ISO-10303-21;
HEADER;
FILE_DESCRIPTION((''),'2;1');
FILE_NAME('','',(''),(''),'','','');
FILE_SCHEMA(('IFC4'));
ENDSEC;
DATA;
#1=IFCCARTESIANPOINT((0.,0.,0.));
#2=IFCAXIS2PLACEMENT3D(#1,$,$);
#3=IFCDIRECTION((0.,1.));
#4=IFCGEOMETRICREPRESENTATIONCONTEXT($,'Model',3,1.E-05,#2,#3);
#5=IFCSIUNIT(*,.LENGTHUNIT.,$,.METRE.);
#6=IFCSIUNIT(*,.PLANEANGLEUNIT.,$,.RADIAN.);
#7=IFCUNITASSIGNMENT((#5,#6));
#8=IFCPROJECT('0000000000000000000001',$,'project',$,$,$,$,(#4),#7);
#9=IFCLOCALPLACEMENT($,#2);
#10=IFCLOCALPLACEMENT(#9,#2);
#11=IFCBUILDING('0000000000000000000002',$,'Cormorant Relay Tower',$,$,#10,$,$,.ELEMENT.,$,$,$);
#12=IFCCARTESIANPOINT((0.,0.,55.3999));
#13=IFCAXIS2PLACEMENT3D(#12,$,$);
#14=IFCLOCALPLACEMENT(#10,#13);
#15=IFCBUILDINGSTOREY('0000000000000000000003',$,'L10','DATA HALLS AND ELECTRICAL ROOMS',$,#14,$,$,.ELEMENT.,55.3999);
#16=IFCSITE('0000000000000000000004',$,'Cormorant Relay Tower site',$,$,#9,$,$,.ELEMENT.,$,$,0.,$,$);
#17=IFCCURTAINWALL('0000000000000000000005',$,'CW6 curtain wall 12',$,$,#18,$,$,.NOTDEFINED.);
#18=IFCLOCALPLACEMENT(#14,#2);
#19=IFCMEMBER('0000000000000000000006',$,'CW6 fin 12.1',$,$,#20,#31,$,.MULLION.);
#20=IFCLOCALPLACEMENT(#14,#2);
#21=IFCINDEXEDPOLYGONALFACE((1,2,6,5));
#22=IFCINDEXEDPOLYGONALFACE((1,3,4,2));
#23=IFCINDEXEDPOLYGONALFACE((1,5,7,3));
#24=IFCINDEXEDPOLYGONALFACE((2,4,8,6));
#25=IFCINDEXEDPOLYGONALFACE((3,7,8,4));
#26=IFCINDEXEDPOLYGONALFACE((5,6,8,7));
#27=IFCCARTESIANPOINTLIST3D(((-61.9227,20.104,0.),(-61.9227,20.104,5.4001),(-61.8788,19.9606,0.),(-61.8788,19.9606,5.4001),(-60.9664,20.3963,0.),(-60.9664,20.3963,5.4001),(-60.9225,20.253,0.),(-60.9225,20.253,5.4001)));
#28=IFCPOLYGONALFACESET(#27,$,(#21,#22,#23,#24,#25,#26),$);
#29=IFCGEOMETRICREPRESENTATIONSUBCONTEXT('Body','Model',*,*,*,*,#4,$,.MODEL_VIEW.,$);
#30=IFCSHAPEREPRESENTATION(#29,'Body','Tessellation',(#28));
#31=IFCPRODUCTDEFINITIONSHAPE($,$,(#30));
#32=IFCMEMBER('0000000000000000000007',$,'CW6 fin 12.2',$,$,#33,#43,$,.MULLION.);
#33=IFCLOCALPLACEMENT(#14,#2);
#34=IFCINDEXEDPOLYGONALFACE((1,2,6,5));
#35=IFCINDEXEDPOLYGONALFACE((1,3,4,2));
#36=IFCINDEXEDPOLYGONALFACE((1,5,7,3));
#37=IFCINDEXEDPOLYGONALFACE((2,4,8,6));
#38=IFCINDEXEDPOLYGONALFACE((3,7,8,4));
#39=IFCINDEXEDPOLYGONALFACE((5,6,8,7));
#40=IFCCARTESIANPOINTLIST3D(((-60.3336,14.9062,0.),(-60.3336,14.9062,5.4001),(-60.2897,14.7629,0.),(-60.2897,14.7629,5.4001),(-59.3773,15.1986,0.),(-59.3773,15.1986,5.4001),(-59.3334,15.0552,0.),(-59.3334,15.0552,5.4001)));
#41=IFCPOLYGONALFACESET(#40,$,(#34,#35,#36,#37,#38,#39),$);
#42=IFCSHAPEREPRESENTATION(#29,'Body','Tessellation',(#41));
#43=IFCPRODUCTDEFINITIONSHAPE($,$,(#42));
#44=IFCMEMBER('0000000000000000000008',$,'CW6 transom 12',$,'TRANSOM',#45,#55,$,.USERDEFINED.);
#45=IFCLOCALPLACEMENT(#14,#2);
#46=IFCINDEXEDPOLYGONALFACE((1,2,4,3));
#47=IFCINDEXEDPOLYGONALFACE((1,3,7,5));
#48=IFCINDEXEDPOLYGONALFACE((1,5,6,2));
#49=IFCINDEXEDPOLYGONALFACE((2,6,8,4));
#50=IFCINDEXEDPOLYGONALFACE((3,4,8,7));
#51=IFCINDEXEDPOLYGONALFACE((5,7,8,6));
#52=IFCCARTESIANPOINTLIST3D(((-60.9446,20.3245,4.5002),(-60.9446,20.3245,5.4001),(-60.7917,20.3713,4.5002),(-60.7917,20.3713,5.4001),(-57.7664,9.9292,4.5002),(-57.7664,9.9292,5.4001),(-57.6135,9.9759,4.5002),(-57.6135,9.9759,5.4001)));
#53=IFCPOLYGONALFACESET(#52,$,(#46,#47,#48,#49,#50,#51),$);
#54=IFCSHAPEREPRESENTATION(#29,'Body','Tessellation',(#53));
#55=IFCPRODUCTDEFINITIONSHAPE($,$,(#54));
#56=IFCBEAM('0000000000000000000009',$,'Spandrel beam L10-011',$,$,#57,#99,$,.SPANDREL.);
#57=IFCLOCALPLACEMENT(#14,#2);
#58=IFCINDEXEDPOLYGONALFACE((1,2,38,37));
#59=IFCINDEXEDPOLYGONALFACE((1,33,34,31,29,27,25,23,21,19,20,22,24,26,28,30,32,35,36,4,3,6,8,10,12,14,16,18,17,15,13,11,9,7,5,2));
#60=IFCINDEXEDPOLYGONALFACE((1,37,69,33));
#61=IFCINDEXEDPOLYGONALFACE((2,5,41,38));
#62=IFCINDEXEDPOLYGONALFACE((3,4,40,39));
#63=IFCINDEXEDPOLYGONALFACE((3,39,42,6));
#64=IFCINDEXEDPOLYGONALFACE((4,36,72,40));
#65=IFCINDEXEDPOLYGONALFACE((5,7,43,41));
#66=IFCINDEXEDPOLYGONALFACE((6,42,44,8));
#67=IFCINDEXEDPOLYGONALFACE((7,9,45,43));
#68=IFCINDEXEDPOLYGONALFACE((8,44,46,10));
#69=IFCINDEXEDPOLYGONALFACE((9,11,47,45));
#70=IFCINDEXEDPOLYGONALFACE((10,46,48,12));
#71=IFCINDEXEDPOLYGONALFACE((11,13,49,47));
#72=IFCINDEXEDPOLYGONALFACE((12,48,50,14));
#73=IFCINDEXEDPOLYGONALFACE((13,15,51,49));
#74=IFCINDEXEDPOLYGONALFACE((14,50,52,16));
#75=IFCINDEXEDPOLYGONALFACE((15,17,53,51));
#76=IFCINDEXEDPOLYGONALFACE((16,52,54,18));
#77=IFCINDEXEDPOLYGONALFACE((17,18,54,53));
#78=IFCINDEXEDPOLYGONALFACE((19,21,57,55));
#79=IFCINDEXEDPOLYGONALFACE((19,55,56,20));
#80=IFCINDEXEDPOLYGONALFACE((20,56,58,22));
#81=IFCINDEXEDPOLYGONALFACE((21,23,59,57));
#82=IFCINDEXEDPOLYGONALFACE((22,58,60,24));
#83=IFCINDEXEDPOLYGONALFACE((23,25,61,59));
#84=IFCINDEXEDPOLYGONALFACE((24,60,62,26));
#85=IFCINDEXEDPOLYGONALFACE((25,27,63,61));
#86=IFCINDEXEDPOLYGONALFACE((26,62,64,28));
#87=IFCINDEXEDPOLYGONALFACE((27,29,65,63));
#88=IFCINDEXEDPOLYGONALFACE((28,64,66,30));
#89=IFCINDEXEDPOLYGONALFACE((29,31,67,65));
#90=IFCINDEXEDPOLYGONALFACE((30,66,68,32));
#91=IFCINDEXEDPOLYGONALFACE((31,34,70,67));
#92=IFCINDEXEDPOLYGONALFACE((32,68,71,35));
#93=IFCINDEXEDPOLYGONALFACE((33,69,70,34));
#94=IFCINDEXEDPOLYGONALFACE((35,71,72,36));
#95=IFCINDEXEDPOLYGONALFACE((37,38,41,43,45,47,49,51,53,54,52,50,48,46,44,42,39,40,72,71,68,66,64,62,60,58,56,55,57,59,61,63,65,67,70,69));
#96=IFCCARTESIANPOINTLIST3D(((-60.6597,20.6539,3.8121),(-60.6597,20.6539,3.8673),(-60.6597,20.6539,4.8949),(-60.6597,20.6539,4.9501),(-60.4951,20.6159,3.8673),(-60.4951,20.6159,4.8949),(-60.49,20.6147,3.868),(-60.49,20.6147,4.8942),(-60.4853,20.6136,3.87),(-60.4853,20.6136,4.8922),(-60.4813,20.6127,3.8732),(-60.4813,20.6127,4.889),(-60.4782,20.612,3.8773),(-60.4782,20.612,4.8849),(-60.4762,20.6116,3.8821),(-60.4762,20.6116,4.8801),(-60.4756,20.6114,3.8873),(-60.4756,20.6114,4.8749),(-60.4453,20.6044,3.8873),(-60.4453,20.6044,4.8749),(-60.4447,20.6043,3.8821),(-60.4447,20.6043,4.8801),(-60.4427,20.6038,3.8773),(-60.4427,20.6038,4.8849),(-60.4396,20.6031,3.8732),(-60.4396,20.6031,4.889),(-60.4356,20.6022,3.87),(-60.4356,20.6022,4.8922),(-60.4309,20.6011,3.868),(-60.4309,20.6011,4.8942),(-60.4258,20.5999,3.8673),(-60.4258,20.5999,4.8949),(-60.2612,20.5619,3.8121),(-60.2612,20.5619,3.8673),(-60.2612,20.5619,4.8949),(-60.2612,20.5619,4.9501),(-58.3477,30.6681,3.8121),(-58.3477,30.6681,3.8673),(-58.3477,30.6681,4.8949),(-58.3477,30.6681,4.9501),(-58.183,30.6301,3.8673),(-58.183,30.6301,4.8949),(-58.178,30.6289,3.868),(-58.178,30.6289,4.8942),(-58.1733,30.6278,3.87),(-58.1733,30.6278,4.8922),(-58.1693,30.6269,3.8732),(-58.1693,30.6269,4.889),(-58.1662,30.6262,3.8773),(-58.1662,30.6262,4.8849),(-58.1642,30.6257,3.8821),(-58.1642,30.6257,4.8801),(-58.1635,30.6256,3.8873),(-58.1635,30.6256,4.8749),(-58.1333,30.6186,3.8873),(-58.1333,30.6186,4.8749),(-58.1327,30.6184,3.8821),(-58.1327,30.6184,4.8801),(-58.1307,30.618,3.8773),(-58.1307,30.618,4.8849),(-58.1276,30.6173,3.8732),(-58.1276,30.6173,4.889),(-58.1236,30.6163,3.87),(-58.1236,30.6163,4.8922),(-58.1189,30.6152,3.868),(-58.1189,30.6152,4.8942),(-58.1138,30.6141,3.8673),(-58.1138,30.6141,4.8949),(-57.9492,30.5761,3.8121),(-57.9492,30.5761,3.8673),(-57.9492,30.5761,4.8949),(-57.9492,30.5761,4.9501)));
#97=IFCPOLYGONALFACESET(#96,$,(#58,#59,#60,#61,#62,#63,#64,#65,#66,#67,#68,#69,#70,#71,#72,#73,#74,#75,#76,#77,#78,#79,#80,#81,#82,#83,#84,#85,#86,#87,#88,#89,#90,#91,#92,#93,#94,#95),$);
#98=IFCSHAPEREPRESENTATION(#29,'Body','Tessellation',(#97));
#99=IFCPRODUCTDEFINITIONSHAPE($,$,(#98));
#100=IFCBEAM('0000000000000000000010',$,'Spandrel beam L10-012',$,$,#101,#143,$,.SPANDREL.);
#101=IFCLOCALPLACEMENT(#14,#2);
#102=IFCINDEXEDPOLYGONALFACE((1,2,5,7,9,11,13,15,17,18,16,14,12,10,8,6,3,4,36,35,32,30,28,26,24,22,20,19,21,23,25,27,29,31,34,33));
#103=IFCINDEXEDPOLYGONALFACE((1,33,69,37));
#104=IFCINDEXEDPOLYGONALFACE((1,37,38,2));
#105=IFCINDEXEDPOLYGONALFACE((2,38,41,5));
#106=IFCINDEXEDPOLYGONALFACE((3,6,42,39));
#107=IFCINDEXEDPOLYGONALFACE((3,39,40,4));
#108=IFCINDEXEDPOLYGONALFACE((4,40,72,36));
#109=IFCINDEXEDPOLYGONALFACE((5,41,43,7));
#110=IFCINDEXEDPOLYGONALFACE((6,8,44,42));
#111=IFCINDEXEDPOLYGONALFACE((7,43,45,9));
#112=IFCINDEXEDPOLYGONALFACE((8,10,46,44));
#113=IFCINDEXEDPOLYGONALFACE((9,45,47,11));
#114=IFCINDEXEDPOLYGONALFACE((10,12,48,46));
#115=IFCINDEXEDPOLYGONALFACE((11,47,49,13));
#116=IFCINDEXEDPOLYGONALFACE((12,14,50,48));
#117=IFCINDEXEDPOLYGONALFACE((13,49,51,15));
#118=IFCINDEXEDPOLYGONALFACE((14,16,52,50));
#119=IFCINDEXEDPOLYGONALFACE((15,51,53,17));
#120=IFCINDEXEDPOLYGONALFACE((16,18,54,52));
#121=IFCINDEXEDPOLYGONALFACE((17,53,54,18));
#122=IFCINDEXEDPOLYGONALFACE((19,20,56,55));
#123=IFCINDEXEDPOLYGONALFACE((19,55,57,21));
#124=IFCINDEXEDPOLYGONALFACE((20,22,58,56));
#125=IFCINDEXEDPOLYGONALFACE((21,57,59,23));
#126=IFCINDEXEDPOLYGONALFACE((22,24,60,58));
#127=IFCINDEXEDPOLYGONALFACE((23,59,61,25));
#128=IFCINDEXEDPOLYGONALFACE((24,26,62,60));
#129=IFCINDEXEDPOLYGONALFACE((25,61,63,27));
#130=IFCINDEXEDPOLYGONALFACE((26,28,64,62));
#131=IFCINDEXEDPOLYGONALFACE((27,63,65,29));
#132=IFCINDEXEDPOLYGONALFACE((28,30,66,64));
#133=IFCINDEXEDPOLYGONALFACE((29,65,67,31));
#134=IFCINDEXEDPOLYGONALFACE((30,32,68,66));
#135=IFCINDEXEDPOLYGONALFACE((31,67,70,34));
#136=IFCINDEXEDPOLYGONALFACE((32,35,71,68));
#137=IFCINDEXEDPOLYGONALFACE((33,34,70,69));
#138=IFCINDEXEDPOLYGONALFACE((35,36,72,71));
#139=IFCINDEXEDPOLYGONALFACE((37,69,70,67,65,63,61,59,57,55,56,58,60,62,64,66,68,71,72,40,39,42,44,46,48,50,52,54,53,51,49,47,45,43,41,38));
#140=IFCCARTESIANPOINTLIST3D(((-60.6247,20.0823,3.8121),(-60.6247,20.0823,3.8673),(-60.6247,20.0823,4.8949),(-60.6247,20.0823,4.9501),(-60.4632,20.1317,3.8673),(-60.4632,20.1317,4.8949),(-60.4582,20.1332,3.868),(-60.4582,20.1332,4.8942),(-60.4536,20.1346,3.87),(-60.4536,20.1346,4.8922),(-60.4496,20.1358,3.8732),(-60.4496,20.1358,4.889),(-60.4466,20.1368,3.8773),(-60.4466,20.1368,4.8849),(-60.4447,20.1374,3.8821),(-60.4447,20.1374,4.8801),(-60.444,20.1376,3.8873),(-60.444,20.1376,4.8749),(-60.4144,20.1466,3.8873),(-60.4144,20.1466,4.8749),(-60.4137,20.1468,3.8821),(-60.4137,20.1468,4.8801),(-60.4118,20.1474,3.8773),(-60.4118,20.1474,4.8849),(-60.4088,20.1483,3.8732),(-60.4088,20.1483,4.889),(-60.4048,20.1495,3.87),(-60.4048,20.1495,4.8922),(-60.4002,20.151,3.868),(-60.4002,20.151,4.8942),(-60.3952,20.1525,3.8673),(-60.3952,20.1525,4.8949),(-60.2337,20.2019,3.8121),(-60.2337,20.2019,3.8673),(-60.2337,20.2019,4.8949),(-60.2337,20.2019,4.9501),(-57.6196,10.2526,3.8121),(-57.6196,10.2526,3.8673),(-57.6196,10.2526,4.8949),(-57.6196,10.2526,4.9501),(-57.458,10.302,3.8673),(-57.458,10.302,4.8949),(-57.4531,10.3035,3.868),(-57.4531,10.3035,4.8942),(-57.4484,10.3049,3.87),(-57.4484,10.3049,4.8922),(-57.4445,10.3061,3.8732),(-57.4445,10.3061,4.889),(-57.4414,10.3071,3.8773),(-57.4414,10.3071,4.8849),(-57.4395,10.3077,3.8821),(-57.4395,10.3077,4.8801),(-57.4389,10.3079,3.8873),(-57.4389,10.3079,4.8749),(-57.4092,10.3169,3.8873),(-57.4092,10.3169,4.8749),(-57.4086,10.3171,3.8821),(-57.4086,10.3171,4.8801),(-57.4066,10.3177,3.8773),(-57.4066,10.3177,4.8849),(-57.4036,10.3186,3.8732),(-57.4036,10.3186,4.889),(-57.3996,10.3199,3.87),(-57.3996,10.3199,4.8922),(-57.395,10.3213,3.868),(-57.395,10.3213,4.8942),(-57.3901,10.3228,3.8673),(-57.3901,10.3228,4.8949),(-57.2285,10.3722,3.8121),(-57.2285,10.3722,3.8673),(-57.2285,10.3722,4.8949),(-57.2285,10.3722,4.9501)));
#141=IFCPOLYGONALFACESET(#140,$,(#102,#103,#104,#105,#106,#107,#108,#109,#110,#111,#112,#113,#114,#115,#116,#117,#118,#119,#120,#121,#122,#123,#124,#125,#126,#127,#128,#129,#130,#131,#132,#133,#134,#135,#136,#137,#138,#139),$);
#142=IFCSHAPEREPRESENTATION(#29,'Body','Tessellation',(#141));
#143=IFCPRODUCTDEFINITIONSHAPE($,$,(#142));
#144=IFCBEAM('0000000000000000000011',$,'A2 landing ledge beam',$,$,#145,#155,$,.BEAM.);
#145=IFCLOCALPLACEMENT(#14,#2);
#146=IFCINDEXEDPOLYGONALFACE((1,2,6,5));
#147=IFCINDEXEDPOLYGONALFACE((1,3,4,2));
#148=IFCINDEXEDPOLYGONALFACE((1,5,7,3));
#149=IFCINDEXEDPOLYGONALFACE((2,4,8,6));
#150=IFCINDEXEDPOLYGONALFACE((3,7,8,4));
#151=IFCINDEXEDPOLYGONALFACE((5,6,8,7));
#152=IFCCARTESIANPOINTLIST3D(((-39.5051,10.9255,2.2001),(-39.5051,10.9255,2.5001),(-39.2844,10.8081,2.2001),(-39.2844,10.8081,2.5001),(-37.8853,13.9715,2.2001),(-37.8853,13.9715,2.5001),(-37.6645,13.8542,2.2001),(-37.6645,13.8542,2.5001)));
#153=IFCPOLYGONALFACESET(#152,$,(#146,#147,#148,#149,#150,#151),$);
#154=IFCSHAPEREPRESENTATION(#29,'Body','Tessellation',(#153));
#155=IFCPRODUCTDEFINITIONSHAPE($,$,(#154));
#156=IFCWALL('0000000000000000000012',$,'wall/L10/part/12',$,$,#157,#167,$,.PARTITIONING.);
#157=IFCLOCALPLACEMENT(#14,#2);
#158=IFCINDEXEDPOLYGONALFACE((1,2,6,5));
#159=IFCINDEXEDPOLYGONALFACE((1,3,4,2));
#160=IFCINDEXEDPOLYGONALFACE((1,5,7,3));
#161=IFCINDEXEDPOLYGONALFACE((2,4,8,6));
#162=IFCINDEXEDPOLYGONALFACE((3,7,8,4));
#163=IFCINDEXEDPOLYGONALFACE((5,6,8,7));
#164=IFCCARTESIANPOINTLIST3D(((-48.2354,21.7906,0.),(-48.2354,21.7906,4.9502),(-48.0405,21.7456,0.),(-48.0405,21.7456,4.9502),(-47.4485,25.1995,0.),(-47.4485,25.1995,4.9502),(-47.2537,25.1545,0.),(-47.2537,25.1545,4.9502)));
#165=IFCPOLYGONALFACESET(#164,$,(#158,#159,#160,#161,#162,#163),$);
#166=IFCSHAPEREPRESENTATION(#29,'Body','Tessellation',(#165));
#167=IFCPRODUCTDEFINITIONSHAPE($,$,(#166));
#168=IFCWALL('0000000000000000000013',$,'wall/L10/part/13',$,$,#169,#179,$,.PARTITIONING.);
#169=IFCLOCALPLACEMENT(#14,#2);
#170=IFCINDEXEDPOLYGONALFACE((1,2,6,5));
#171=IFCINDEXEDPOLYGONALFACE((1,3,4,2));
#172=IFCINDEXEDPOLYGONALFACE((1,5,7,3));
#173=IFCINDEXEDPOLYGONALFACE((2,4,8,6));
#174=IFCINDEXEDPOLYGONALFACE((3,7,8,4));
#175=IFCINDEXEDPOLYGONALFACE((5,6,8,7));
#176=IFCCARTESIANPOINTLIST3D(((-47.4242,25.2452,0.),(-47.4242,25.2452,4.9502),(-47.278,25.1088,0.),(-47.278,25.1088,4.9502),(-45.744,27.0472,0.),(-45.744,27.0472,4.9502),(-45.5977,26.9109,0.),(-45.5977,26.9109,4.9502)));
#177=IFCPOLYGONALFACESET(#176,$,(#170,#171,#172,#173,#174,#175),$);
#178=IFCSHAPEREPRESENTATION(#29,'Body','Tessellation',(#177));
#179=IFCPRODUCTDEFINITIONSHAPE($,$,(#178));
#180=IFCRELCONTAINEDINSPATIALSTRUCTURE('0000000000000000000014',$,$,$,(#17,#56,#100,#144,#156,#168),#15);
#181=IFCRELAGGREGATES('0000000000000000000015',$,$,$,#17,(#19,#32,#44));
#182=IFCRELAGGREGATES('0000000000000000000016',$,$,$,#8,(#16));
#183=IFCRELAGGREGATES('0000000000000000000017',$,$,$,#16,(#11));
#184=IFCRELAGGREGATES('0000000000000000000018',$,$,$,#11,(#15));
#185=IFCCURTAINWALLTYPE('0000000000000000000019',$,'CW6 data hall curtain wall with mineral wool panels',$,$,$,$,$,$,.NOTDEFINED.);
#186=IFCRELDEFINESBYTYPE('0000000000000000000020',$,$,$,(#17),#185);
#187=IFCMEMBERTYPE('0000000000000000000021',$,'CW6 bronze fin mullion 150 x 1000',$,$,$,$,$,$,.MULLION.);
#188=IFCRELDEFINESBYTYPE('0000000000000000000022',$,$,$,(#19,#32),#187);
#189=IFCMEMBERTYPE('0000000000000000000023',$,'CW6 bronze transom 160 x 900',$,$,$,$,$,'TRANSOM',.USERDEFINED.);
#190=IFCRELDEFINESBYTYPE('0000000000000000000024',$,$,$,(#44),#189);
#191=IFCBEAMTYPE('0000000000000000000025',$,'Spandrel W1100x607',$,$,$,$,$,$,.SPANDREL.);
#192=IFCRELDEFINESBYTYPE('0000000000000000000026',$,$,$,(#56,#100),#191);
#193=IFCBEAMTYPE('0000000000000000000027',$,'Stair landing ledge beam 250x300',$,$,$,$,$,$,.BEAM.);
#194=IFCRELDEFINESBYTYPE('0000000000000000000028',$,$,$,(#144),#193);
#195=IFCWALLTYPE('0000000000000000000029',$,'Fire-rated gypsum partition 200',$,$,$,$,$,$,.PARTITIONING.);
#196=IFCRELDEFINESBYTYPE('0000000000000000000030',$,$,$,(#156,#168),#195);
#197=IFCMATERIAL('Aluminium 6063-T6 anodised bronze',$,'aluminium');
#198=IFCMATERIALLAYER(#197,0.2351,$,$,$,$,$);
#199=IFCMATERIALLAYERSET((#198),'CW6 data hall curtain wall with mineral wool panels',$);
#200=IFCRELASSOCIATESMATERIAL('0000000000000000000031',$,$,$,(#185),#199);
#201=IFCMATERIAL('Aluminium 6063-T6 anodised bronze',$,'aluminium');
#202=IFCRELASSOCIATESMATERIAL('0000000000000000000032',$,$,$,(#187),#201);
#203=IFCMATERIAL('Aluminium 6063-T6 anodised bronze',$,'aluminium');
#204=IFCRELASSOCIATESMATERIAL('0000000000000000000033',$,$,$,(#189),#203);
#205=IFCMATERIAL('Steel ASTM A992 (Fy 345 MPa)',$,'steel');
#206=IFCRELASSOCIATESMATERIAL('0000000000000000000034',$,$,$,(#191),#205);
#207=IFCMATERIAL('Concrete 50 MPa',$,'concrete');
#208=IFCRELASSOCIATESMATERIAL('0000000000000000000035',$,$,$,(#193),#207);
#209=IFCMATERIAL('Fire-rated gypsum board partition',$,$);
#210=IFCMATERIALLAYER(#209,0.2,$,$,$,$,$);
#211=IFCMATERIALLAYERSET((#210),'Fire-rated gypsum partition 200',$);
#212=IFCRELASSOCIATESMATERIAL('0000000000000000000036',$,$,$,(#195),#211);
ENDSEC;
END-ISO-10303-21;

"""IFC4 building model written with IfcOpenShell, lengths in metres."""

from ifc_helpers import new_model, si_unit, direction, frame, frame_2d, origin, origin_2d, place, context, subcontext, project, spatial, rectangle, i_section, extrude, material, layer, layer_set, material_profile, profile_set, type_object, element, aggregate, save


model = new_model("IFC4")

# Units and contexts
model_context = context("Model", 3, precision=1e-05, world=origin(), true_north=direction((0.0, 1.0)))
body_context = subcontext(model_context, "Body", "Model", "MODEL_VIEW")
ifc_project = project(units=[si_unit("LENGTHUNIT", "METRE"), si_unit("PLANEANGLEUNIT", "RADIAN")], contexts=[model_context])

# Site, building, storey
site_placement = place(None, origin())
site = spatial("IfcSite", under=ifc_project, at=site_placement, Name="Cormorant Relay Tower site", CompositionType="ELEMENT", RefElevation=0.0)
building_placement = place(site_placement, origin())
building = spatial("IfcBuilding", under=site, at=building_placement, Name="Cormorant Relay Tower", CompositionType="ELEMENT")
storey_placement = place(building_placement, frame((0.0, 0.0, 55.3999)))
storey = spatial("IfcBuildingStorey", under=building, at=storey_placement, Name="L10", Description="DATA HALLS AND ELECTRICAL ROOMS", CompositionType="ELEMENT", Elevation=55.3999)

# Shared definitions
ifc_material_1 = material(Name="Aluminium 6063-T6 anodised bronze", Category="aluminium")
ifc_layer_1 = layer(ifc_material_1, 0.2351)
ifc_layer_set_1 = layer_set([ifc_layer_1], Name="CW6 data hall curtain wall with mineral wool panels")
curtain_wall_type = type_object("IfcCurtainWallType", Name="CW6 data hall curtain wall with mineral wool panels", PredefinedType="NOTDEFINED", material=ifc_layer_set_1)
ifc_material_2 = material(Name="Aluminium 6063-T6 anodised bronze", Category="aluminium")
ifc_material_profile_1 = material_profile(ifc_material_2, rectangle(XDim=0.1499, YDim=1.0, at=origin_2d()), Name="AL 150x1000")
ifc_profile_set_1 = profile_set([ifc_material_profile_1], Name="Aluminium 6063-T6 anodised bronze")
member_type_1 = type_object("IfcMemberType", Name="CW6 bronze fin mullion 150 x 1000", PredefinedType="MULLION", material=ifc_profile_set_1)

# Curtain wall, members
curtain_wall_1_placement = place(storey_placement, origin())
curtain_wall_1 = element("IfcCurtainWall", 1, at=curtain_wall_1_placement, inside=storey, type_object=curtain_wall_type, Name="CW6 curtain wall 12", PredefinedType="NOTDEFINED")
member_1_placement = place(storey_placement, frame((-61.4226, 20.1785, 0.0), z_axis=(0.0, 0.0, 1.0), x_axis=(0.292372, -0.956305, 0.0)))
member_1 = element("IfcMember", 2, at=member_1_placement, type_object=member_type_1, Name="CW6 fin 12.1", PredefinedType="MULLION", context=body_context, shape_type="SweptSolid", body=[
    extrude(rectangle(XDim=0.1499, YDim=1.0, at=origin_2d()), origin(), (0.0, 0.0, 1.0), 5.4001),
])
member_2_placement = place(storey_placement, frame((-59.8335, 14.9807, 0.0), z_axis=(0.0, 0.0, 1.0), x_axis=(0.292372, -0.956305, 0.0)))
member_2 = element("IfcMember", 3, at=member_2_placement, type_object=member_type_1, Name="CW6 fin 12.2", PredefinedType="MULLION", context=body_context, shape_type="SweptSolid", body=[
    extrude(rectangle(XDim=0.1499, YDim=1.0, at=origin_2d()), origin(), (0.0, 0.0, 1.0), 5.4001),
])
ifc_material_3 = material(Name="Aluminium 6063-T6 anodised bronze", Category="aluminium")
ifc_material_profile_2 = material_profile(ifc_material_3, rectangle(XDim=0.1599, YDim=0.8999, at=origin_2d()), Name="AL 160x900")
ifc_profile_set_2 = profile_set([ifc_material_profile_2], Name="Aluminium 6063-T6 anodised bronze")
member_type_2 = type_object("IfcMemberType", Name="CW6 bronze transom 160 x 900", ElementType="TRANSOM", PredefinedType="USERDEFINED", material=ifc_profile_set_2)
member_3_placement = place(storey_placement, frame((-60.8682, 20.3479, 4.9502), z_axis=(0.292378, -0.956303, 0.0), x_axis=(0.956303, 0.292378, 0.0)))
member_3 = element("IfcMember", 4, at=member_3_placement, type_object=member_type_2, Name="CW6 transom 12", ObjectType="TRANSOM", PredefinedType="USERDEFINED", context=body_context, shape_type="SweptSolid", body=[
    extrude(rectangle(XDim=0.1599, YDim=0.8999, at=origin_2d()), origin(), (0.0, 0.0, 1.0), 10.8704),
])

# Beams
ifc_material_4 = material(Name="Steel ASTM A992 (Fy 345 MPa)", Category="steel")
ifc_material_profile_3 = material_profile(ifc_material_4, i_section(OverallWidth=0.4089, OverallDepth=1.1379, WebThickness=0.031, FlangeThickness=0.0552, FilletRadius=0.02, at=origin_2d()), Name="W1100x607")
ifc_profile_set_3 = profile_set([ifc_material_profile_3], Name="Steel ASTM A992 (Fy 345 MPa)")
beam_type_1 = type_object("IfcBeamType", Name="Spandrel W1100x607", PredefinedType="SPANDREL", material=ifc_profile_set_3)
beam_1_placement = place(storey_placement, frame((-58.1484, 30.6221, 4.3811), z_axis=(-0.224957, -0.974369, 0.0), x_axis=(0.974369, -0.224957, 0.0)))
element("IfcBeam", 5, at=beam_1_placement, inside=storey, type_object=beam_type_1, Name="Spandrel beam L10-011", PredefinedType="SPANDREL", context=body_context, shape_type="SweptSolid", body=[
    extrude(i_section(OverallWidth=0.4089, OverallDepth=1.1379, WebThickness=0.031, FlangeThickness=0.0552, FilletRadius=0.02, at=origin_2d()), origin(), (0.0, 0.0, 1.0), 10.2776),
])
beam_2_placement = place(storey_placement, frame((-60.4292, 20.1421, 4.3811), z_axis=(0.292365, -0.956307, 0.0), x_axis=(0.956307, 0.292365, 0.0)))
element("IfcBeam", 6, at=beam_2_placement, inside=storey, type_object=beam_type_1, Name="Spandrel beam L10-012", PredefinedType="SPANDREL", context=body_context, shape_type="SweptSolid", body=[
    extrude(i_section(OverallWidth=0.4089, OverallDepth=1.1379, WebThickness=0.031, FlangeThickness=0.0552, FilletRadius=0.02, at=origin_2d()), origin(), (0.0, 0.0, 1.0), 10.2788),
])
ifc_material_5 = material(Name="Concrete 50 MPa", Category="concrete")
ifc_material_profile_4 = material_profile(ifc_material_5, rectangle(XDim=0.25, YDim=0.3, at=origin_2d()), Name="RC 250x300")
ifc_profile_set_4 = profile_set([ifc_material_profile_4], Name="Concrete 50 MPa")
beam_type_2 = type_object("IfcBeamType", Name="Stair landing ledge beam 250x300", PredefinedType="BEAM", material=ifc_profile_set_4)
beam_3_placement = place(storey_placement, frame((-37.7749, 13.9128, 2.3501), z_axis=(-0.469519, -0.882922, 0.0), x_axis=(0.882922, -0.469519, 0.0)))
element("IfcBeam", 7, at=beam_3_placement, inside=storey, type_object=beam_type_2, Name="A2 landing ledge beam", PredefinedType="BEAM", context=body_context, shape_type="SweptSolid", body=[
    extrude(rectangle(XDim=0.25, YDim=0.3, at=origin_2d()), origin(), (0.0, 0.0, 1.0), 3.45),
])

# Walls
ifc_material_6 = material(Name="Fire-rated gypsum board partition")
ifc_layer_2 = layer(ifc_material_6, 0.2)
ifc_layer_set_2 = layer_set([ifc_layer_2], Name="Fire-rated gypsum partition 200")
wall_type_1 = type_object("IfcWallType", Name="Fire-rated gypsum partition 200", PredefinedType="PARTITIONING", material=ifc_layer_set_2)
wall_1_placement = place(storey_placement, frame((-48.1379, 21.7681, 0.0), z_axis=(0.0, 0.0, 1.0), x_axis=(0.22491, 0.974379, 0.0)))
element("IfcWall", 8, at=wall_1_placement, inside=storey, type_object=wall_type_1, Name="wall/L10/part/12", PredefinedType="PARTITIONING", context=body_context, shape_type="SweptSolid", body=[
    extrude(rectangle(XDim=3.4985, YDim=0.2, at=frame_2d((1.7493, 0.0))), origin(), (0.0, 0.0, 1.0), 4.9502),
])
wall_2_placement = place(storey_placement, frame((-47.3511, 25.177, 0.0), z_axis=(0.0, 0.0, 1.0), x_axis=(0.681951, 0.731398, 0.0)))
element("IfcWall", 9, at=wall_2_placement, inside=storey, type_object=wall_type_1, Name="wall/L10/part/13", PredefinedType="PARTITIONING", context=body_context, shape_type="SweptSolid", body=[
    extrude(rectangle(XDim=2.4639, YDim=0.2, at=frame_2d((1.2319, 0.0))), origin(), (0.0, 0.0, 1.0), 4.9502),
])

aggregate(curtain_wall_1, [member_1, member_2, member_3])

save(model, "model.ifc")
